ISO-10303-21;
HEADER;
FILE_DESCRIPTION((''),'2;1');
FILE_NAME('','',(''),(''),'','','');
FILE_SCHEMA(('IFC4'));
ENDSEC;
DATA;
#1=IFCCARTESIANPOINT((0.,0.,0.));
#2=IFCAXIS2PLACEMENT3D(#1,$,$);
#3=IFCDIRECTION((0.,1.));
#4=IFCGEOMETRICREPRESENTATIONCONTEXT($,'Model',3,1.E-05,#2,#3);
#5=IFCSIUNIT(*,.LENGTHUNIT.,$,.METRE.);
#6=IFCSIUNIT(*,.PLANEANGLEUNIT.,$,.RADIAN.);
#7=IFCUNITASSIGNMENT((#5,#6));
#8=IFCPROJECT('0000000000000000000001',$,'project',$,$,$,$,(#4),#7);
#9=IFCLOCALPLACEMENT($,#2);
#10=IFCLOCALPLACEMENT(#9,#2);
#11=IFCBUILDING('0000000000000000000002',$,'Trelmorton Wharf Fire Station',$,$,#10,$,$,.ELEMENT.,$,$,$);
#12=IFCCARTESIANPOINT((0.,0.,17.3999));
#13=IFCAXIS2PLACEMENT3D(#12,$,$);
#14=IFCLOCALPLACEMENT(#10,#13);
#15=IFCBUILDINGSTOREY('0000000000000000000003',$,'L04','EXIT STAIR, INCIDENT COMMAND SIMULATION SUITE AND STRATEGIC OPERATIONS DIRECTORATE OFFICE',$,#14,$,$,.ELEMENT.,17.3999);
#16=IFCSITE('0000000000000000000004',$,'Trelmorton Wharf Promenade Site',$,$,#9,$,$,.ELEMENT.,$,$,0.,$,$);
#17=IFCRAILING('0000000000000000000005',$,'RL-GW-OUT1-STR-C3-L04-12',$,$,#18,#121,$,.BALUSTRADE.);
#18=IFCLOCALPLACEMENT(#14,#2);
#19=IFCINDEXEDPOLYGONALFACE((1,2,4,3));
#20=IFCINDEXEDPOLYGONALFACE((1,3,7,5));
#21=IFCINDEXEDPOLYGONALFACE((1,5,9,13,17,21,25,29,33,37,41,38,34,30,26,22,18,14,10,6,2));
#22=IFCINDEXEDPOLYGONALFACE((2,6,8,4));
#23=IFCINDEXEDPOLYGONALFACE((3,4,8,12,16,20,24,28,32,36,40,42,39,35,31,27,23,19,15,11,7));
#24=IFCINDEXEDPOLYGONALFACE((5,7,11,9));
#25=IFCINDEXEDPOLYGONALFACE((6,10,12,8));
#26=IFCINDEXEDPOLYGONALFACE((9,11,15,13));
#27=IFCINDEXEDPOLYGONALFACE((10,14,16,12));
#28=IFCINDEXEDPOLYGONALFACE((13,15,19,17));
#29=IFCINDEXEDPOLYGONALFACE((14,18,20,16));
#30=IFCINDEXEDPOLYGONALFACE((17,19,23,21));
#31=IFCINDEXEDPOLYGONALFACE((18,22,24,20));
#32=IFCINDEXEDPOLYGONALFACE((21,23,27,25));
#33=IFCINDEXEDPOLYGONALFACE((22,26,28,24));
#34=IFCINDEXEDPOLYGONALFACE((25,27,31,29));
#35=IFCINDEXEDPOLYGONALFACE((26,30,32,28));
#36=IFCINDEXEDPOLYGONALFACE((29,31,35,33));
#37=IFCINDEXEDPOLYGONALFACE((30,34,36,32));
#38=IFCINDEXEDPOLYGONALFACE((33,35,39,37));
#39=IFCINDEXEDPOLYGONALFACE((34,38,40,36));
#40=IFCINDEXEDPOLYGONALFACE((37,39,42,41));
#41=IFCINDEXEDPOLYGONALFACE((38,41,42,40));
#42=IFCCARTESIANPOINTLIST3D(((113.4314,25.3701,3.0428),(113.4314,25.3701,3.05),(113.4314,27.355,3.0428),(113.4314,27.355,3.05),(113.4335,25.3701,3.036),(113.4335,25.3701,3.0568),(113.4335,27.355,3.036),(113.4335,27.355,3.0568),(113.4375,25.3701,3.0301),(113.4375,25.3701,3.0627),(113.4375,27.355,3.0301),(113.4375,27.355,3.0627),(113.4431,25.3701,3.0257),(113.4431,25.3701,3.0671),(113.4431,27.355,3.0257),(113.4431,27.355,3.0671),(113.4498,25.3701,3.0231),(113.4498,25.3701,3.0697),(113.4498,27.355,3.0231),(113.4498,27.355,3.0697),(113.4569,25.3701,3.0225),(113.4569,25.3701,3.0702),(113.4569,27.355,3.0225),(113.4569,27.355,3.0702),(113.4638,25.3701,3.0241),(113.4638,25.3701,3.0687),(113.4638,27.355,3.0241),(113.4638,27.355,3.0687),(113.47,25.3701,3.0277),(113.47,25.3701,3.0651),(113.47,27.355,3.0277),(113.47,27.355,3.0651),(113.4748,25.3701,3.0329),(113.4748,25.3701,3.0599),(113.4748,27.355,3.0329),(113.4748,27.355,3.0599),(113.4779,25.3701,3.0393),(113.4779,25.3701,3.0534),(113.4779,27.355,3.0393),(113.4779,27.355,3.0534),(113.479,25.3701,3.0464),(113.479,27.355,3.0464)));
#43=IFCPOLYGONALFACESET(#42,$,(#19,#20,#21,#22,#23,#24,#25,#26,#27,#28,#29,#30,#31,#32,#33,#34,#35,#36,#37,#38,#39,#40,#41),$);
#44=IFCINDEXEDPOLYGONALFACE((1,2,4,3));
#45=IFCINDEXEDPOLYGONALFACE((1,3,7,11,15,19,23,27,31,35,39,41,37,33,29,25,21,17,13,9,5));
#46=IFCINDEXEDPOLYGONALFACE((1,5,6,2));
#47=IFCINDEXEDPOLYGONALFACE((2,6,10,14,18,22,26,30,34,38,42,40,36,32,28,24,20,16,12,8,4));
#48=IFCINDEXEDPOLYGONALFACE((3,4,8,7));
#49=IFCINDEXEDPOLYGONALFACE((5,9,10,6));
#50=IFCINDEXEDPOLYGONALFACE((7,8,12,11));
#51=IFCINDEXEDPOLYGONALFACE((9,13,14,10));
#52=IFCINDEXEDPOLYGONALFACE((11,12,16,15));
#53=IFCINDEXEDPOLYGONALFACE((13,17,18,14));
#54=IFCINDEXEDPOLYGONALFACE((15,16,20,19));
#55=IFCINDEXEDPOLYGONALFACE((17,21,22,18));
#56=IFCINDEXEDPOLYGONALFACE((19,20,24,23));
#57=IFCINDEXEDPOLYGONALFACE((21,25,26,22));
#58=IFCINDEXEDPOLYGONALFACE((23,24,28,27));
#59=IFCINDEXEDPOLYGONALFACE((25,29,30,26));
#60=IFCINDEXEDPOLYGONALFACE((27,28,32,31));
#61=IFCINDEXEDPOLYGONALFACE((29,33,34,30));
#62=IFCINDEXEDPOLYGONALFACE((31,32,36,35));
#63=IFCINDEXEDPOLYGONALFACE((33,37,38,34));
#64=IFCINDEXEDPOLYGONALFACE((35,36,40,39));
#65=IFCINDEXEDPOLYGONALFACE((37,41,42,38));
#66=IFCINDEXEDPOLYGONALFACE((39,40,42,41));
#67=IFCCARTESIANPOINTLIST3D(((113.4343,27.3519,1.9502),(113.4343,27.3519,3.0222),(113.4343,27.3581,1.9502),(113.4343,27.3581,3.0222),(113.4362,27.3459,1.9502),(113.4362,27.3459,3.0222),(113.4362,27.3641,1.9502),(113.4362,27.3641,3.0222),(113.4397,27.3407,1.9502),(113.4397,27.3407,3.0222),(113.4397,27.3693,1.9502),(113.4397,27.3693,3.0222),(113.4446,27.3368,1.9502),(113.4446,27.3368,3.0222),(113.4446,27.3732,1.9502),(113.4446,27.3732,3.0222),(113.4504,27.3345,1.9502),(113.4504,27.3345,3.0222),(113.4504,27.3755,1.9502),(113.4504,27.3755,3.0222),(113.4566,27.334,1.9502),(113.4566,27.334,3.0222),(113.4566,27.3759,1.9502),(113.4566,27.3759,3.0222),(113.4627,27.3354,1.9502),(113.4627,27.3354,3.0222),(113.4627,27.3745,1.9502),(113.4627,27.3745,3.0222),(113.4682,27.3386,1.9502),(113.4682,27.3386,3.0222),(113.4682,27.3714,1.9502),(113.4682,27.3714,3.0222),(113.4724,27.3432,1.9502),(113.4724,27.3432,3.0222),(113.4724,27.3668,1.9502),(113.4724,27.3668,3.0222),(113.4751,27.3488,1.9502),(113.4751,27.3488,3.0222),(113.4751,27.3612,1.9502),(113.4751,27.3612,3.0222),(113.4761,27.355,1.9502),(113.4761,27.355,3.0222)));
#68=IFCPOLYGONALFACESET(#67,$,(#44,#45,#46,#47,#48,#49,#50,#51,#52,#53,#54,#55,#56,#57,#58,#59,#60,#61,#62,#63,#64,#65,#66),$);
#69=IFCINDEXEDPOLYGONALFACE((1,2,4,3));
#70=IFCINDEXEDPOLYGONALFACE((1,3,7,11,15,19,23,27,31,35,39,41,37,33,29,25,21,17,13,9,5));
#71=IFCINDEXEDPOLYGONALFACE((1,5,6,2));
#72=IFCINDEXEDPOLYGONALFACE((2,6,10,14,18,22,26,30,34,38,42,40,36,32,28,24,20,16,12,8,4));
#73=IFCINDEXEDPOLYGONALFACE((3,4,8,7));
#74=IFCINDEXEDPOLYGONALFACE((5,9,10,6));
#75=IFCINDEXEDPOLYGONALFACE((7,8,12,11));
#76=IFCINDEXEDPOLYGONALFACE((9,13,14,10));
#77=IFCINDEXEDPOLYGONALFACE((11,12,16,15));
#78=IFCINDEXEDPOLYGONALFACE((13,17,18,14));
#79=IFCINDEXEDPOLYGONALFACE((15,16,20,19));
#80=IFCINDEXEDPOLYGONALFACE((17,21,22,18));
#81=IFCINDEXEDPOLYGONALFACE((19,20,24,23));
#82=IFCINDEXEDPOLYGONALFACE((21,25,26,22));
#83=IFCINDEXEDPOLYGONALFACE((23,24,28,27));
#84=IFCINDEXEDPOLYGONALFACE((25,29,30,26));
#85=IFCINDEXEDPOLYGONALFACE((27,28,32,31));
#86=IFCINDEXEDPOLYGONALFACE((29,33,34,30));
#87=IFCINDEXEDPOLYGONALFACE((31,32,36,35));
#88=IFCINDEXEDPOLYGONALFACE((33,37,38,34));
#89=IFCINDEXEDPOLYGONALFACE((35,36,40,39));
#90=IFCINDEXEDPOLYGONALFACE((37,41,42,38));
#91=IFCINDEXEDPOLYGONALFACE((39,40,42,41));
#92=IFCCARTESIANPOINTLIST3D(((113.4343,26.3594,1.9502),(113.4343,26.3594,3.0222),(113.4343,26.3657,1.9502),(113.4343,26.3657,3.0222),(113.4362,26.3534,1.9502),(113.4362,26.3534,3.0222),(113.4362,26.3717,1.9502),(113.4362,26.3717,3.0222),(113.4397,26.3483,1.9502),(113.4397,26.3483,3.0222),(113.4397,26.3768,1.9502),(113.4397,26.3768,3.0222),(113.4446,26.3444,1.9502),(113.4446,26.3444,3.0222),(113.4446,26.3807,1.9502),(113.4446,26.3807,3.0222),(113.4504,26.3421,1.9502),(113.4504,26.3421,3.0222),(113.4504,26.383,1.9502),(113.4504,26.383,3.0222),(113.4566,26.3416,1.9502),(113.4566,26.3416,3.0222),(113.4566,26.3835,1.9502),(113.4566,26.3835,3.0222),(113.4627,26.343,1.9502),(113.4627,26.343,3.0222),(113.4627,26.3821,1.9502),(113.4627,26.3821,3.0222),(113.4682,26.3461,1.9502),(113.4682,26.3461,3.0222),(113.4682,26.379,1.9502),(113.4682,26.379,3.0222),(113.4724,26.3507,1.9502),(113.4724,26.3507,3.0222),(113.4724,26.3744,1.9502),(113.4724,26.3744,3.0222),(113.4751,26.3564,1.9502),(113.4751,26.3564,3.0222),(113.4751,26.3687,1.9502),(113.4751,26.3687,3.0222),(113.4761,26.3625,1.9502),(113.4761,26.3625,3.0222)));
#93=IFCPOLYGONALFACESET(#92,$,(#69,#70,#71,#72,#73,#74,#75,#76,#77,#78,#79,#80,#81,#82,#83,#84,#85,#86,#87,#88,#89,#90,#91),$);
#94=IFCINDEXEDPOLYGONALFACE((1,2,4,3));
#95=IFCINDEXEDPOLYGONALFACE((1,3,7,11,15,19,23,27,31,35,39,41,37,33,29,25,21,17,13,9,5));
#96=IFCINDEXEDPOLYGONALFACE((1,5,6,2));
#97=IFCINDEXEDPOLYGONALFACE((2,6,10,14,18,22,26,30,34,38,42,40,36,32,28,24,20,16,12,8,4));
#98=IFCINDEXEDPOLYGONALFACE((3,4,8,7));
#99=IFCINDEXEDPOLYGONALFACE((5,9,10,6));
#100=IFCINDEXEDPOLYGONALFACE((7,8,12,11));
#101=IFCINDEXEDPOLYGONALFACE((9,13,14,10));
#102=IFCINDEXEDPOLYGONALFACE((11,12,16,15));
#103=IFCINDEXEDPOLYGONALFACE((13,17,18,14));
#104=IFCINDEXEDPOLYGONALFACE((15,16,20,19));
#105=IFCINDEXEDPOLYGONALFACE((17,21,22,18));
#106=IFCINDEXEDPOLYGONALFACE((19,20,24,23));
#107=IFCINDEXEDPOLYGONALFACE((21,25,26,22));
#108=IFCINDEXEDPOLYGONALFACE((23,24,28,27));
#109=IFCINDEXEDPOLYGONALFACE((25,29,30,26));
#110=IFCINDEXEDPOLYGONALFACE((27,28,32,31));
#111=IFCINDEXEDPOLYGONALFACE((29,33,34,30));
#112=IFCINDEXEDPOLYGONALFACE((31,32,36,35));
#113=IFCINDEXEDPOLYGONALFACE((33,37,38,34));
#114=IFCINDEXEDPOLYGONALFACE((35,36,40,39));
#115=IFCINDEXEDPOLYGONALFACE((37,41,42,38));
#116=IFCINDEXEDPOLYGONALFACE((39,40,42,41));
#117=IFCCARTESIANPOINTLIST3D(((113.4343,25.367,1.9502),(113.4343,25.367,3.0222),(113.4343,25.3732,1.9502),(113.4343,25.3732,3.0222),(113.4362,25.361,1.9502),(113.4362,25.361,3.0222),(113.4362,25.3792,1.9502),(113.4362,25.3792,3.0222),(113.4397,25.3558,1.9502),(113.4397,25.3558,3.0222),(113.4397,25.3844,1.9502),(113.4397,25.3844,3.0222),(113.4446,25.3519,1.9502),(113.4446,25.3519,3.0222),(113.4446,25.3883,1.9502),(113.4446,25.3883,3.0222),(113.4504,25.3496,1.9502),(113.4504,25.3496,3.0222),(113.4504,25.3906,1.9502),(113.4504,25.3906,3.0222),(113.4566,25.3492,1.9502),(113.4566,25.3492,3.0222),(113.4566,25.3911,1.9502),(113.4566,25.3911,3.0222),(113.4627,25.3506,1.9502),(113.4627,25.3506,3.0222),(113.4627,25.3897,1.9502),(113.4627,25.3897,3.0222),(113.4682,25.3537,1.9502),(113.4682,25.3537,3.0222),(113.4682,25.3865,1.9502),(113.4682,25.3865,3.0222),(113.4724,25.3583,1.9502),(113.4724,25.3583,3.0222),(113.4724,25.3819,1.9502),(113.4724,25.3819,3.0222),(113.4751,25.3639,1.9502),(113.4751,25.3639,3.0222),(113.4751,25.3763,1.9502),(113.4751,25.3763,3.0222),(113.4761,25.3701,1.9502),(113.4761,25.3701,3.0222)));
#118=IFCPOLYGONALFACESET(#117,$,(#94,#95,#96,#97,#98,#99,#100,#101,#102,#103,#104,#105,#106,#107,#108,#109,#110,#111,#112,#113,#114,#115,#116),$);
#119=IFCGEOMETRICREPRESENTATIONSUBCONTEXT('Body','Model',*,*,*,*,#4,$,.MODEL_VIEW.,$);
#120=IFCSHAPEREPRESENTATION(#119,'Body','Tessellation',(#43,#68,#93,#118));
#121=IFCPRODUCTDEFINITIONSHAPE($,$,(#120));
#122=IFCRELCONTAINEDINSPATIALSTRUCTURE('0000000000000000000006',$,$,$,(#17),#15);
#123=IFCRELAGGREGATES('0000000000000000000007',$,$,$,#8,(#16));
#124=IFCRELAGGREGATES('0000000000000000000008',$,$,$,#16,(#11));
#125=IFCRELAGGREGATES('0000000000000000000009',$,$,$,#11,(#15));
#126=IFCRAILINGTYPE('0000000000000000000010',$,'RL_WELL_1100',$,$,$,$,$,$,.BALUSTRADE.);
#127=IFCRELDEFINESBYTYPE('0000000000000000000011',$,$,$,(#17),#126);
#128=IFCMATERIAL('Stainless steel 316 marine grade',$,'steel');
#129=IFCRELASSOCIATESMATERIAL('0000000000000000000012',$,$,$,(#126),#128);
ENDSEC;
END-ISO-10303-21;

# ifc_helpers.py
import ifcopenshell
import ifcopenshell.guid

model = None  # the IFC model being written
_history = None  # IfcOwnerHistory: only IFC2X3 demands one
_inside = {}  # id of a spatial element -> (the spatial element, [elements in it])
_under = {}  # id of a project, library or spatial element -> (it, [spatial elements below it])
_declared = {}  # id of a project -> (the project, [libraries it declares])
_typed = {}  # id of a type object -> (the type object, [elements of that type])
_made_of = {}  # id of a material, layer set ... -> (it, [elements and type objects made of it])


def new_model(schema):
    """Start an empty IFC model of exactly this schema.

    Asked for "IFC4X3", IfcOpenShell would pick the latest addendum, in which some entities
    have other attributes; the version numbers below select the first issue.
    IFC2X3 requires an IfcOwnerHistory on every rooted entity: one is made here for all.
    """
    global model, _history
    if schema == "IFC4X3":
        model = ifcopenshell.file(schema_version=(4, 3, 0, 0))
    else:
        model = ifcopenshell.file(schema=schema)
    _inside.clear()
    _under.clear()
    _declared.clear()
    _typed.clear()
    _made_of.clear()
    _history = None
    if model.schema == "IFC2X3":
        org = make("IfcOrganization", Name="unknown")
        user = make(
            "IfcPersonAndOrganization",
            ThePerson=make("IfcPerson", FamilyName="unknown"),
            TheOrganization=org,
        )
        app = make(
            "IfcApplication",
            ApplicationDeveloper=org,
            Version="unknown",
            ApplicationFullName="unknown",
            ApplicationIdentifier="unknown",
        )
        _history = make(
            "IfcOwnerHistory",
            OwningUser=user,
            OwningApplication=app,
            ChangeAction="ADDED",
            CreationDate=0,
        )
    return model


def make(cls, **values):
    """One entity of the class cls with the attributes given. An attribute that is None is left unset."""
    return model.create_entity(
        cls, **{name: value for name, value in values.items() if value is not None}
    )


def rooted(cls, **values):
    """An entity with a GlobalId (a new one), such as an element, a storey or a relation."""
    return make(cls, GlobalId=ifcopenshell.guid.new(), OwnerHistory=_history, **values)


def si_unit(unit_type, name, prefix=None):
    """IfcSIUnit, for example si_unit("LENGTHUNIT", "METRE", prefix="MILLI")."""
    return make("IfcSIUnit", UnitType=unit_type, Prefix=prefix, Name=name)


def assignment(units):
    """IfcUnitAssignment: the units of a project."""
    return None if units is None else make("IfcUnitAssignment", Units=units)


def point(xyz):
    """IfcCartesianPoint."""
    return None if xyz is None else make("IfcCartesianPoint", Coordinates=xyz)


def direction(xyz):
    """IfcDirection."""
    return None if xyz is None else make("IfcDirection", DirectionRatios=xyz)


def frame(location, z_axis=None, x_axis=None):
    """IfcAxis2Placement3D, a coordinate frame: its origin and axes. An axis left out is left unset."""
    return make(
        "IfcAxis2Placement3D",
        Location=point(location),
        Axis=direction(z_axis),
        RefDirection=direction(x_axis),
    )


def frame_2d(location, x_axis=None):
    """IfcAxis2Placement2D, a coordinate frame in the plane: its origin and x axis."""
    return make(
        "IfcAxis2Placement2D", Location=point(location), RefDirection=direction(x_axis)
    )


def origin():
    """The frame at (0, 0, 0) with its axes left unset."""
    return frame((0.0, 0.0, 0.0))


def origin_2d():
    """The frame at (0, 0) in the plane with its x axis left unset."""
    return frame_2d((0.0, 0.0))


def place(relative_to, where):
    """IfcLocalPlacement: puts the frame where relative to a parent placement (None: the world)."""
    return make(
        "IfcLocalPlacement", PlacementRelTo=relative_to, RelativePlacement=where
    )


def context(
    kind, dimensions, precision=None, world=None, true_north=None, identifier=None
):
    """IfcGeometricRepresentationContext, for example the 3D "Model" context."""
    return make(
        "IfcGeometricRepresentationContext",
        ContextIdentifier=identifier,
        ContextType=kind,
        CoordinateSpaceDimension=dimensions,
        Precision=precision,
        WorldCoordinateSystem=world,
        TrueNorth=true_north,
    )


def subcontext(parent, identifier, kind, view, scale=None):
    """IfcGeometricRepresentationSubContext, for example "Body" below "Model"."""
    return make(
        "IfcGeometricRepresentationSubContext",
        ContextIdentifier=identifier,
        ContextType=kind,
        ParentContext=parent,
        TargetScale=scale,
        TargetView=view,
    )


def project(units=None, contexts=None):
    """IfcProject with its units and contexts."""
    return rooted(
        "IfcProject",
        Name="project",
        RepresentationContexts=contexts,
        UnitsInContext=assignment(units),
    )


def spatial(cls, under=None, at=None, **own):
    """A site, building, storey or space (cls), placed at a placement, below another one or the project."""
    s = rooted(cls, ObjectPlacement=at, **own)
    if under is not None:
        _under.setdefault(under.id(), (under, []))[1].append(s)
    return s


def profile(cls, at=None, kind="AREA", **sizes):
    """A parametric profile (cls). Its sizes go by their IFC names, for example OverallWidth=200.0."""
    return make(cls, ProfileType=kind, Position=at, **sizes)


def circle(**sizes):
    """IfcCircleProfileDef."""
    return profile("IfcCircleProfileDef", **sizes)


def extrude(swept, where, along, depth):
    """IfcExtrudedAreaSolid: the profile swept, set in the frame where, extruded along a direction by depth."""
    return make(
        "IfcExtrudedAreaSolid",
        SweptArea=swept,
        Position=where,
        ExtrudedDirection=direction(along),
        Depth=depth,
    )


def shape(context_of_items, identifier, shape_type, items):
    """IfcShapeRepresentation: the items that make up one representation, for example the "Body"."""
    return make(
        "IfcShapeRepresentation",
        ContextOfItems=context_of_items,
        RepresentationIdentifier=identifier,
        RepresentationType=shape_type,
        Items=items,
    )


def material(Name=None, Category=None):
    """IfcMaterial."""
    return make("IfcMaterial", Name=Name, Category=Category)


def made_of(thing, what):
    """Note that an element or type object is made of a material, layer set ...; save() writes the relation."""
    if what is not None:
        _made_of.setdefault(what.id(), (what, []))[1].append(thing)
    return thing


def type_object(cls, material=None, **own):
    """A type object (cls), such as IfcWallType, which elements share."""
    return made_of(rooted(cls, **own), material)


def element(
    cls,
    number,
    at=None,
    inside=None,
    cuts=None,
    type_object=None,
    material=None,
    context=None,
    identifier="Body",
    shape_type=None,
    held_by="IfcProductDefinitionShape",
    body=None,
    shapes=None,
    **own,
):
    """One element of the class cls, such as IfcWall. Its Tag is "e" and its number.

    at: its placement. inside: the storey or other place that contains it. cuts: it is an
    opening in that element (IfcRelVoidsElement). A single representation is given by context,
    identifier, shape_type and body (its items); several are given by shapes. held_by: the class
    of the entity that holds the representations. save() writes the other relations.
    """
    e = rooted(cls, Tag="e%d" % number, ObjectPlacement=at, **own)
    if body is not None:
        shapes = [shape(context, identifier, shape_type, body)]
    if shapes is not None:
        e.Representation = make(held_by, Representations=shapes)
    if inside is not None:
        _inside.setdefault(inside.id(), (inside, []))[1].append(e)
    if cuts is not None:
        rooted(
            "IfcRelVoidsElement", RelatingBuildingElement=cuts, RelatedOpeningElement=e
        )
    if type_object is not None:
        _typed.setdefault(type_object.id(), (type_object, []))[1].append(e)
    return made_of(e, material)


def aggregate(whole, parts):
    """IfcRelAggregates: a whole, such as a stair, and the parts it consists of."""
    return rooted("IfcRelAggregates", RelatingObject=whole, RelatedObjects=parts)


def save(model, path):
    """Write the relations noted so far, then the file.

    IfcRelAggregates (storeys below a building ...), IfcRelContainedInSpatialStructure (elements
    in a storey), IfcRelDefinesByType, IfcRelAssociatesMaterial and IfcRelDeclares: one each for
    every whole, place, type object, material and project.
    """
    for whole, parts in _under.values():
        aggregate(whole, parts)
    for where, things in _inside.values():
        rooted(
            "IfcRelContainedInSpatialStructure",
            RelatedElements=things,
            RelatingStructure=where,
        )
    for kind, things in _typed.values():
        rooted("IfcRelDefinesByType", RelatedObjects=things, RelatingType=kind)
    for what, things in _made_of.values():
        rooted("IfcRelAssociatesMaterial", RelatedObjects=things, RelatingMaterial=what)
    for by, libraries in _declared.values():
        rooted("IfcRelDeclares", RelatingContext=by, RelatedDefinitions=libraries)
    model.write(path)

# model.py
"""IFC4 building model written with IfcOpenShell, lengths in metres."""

from ifc_helpers import new_model, si_unit, direction, frame, origin, origin_2d, place, context, subcontext, project, spatial, circle, extrude, material, type_object, element, save


model = new_model("IFC4")

# Units and contexts
model_context = context("Model", 3, precision=1e-05, world=origin(), true_north=direction((0.0, 1.0)))
body_context = subcontext(model_context, "Body", "Model", "MODEL_VIEW")
ifc_project = project(units=[si_unit("LENGTHUNIT", "METRE"), si_unit("PLANEANGLEUNIT", "RADIAN")], contexts=[model_context])

# Site, building, storey
site_placement = place(None, origin())
site = spatial("IfcSite", under=ifc_project, at=site_placement, Name="Trelmorton Wharf Promenade Site", CompositionType="ELEMENT", RefElevation=0.0)
building_placement = place(site_placement, origin())
building = spatial("IfcBuilding", under=site, at=building_placement, Name="Trelmorton Wharf Fire Station", CompositionType="ELEMENT")
storey_placement = place(building_placement, frame((0.0, 0.0, 17.3999)))
storey = spatial("IfcBuildingStorey", under=building, at=storey_placement, Name="L04", Description="EXIT STAIR, INCIDENT COMMAND SIMULATION SUITE AND STRATEGIC OPERATIONS DIRECTORATE OFFICE", CompositionType="ELEMENT", Elevation=17.3999)

# Shared definitions
ifc_material_1 = material(Name="Stainless steel 316 marine grade", Category="steel")

# Railing
railing_type_1 = type_object("IfcRailingType", Name="RL_WELL_1100", PredefinedType="BALUSTRADE", material=ifc_material_1)
railing_1_placement = place(storey_placement, frame((113.4551, 27.355, 1.9502)))
element("IfcRailing", 1, at=railing_1_placement, inside=storey, type_object=railing_type_1, Name="RL-GW-OUT1-STR-C3-L04-12", PredefinedType="BALUSTRADE", context=body_context, shape_type="SweptSolid", body=[
    extrude(circle(Radius=0.0239, at=origin_2d()), frame((0.0, 0.0, 1.0962), z_axis=(0.0, -1.0, 0.0), x_axis=(1.0, 0.0, 0.0)), (0.0, 0.0, 1.0), 1.9849),
    extrude(circle(Radius=0.021, at=origin_2d()), origin(), (0.0, 0.0, 1.0), 1.072),
    extrude(circle(Radius=0.021, at=origin_2d()), frame((0.0, -0.9924, 0.0)), (0.0, 0.0, 1.0), 1.072),
    extrude(circle(Radius=0.021, at=origin_2d()), frame((0.0, -1.9849, 0.0)), (0.0, 0.0, 1.0), 1.072),
])

save(model, "model.ifc")
